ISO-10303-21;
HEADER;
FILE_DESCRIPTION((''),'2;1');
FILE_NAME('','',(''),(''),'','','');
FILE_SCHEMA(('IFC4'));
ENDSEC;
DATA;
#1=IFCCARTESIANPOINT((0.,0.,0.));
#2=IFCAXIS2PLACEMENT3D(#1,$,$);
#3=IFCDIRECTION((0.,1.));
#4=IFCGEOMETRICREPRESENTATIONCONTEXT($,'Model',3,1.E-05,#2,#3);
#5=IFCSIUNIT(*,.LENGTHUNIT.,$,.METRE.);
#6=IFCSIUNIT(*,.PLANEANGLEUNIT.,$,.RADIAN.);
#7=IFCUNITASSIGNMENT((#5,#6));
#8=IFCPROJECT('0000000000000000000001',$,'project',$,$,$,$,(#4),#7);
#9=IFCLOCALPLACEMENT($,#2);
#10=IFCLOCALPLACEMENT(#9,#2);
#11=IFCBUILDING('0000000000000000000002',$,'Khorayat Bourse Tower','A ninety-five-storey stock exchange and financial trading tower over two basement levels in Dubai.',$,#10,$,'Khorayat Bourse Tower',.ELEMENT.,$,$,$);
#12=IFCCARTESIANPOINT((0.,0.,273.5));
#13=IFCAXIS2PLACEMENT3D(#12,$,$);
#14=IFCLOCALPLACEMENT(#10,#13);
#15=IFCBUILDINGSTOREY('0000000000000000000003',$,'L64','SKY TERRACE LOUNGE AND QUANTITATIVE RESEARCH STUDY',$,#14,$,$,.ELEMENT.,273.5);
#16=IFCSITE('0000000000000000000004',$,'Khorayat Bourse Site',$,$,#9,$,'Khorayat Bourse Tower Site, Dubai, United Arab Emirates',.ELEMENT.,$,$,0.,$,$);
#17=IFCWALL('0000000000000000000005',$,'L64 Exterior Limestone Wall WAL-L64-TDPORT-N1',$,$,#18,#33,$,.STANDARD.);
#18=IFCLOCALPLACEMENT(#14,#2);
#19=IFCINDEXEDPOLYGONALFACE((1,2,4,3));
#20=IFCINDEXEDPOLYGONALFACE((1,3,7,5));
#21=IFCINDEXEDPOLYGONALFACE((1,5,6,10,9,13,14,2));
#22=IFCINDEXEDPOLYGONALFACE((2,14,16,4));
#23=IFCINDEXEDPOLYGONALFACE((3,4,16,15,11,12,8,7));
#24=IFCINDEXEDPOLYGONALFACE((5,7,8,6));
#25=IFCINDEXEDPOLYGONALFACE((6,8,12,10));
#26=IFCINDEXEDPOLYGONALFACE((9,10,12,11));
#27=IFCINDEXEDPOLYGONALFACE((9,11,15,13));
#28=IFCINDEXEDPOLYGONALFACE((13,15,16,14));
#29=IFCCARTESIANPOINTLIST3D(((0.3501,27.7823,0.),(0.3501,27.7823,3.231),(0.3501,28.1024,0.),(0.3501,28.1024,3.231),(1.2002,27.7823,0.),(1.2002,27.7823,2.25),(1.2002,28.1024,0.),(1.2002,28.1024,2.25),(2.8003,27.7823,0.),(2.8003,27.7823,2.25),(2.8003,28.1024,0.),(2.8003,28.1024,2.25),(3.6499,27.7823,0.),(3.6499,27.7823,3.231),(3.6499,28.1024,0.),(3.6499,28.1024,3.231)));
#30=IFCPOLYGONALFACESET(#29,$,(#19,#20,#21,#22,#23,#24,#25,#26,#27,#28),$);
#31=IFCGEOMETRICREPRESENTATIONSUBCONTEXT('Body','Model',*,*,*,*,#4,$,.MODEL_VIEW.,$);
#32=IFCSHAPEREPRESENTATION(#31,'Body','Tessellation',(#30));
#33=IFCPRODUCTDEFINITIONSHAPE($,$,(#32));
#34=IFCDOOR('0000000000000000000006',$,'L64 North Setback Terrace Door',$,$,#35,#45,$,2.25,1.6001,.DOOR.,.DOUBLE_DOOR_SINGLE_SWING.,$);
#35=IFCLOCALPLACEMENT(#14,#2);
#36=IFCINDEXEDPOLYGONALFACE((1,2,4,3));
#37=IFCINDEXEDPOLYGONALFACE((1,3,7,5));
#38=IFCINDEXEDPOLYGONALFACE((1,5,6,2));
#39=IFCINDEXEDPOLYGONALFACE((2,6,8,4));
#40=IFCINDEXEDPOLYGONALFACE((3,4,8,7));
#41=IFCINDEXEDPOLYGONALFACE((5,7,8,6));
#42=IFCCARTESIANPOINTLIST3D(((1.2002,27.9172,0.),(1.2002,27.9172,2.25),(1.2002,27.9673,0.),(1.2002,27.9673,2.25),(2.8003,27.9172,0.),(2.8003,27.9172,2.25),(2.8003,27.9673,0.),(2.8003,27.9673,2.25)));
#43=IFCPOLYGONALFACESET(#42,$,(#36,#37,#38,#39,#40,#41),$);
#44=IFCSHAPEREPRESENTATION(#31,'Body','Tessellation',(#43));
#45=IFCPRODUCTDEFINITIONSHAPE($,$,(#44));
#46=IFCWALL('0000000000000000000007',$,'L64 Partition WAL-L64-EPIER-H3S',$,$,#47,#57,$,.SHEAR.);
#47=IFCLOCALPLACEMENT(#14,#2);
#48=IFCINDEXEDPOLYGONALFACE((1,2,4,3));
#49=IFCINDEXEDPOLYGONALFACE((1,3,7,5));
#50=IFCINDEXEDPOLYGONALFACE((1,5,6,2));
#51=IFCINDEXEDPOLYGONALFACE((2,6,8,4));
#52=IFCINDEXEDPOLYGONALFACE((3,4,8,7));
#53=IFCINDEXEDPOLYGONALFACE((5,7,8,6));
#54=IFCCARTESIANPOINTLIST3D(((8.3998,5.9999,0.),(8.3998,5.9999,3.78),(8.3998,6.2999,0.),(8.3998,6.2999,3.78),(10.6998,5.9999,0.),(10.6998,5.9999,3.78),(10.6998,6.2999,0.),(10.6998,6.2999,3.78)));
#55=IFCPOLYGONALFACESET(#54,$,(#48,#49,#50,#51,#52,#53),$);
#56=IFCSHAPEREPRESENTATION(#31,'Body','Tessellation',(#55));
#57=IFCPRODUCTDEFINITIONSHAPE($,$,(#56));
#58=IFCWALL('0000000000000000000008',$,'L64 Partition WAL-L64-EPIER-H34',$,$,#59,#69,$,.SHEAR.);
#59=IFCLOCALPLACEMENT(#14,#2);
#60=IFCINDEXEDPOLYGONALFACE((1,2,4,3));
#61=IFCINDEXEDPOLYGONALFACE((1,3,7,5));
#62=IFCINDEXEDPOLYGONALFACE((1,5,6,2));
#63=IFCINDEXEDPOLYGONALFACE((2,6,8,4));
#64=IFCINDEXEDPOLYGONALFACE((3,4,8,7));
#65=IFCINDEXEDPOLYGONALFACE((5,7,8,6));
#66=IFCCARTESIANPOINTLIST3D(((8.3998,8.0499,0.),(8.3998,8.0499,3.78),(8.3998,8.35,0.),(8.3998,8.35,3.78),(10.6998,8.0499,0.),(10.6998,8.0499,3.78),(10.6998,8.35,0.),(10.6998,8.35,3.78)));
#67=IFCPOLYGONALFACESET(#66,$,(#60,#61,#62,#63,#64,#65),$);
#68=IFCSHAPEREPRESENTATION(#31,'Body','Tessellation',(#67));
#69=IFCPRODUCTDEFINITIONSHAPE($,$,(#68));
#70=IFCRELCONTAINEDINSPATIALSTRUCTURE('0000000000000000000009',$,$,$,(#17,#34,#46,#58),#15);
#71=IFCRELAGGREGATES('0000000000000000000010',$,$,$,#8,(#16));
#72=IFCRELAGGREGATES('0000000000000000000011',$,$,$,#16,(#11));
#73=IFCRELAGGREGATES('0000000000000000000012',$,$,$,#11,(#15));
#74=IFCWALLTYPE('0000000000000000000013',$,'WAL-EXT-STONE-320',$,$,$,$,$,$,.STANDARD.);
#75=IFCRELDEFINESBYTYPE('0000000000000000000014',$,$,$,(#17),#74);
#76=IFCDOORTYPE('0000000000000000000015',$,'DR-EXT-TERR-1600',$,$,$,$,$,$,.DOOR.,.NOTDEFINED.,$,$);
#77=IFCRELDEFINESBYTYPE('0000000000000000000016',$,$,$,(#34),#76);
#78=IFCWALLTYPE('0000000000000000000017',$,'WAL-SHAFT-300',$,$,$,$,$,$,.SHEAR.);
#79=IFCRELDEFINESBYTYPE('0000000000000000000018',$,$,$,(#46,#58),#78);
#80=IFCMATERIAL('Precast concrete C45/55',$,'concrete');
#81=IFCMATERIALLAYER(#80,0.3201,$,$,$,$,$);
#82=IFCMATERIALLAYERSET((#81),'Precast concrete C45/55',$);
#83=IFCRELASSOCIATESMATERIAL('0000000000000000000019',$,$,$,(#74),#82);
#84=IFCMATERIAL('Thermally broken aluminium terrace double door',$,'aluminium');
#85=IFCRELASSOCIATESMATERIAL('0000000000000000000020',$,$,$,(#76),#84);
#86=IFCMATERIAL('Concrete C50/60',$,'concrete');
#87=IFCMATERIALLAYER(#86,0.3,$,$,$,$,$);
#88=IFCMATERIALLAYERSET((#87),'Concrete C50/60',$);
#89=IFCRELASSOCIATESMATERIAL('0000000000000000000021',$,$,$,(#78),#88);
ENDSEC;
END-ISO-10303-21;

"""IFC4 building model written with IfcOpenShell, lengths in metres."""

from ifc_helpers import new_model, si_unit, direction, frame, frame_2d, origin, place, context, subcontext, project, spatial, rectangle, extrude, source, transform, mapped, material, layer, layer_set, type_object, element, fill, save


model = new_model("IFC4")

# Units and contexts
model_context = context("Model", 3, precision=1e-05, world=origin(), true_north=direction((0.0, 1.0)))
body_context = subcontext(model_context, "Body", "Model", "MODEL_VIEW")
ifc_project = project(units=[si_unit("LENGTHUNIT", "METRE"), si_unit("PLANEANGLEUNIT", "RADIAN")], contexts=[model_context])

# Site, building, storey
site_placement = place(None, origin())
site = spatial("IfcSite", under=ifc_project, at=site_placement, Name="Khorayat Bourse Site", LongName="Khorayat Bourse Tower Site, Dubai, United Arab Emirates", CompositionType="ELEMENT", RefElevation=0.0)
building_placement = place(site_placement, origin())
building = spatial("IfcBuilding", under=site, at=building_placement, Name="Khorayat Bourse Tower", Description="A ninety-five-storey stock exchange and financial trading tower over two basement levels in Dubai.", LongName="Khorayat Bourse Tower", CompositionType="ELEMENT")
storey_placement = place(building_placement, frame((0.0, 0.0, 273.5)))
storey = spatial("IfcBuildingStorey", under=building, at=storey_placement, Name="L64", Description="SKY TERRACE LOUNGE AND QUANTITATIVE RESEARCH STUDY", CompositionType="ELEMENT", Elevation=273.5)

# Wall, opening, door
ifc_material_1 = material(Name="Precast concrete C45/55", Category="concrete")
ifc_layer_1 = layer(ifc_material_1, 0.3201)
ifc_layer_set_1 = layer_set([ifc_layer_1], Name="Precast concrete C45/55")
wall_type_1 = type_object("IfcWallType", Name="WAL-EXT-STONE-320", PredefinedType="STANDARD", material=ifc_layer_set_1)
shared_shape_1 = source(origin(), body_context, "Body", "SweptSolid", [
    extrude(rectangle(XDim=3.2998, YDim=0.3201, at=frame_2d((1.6499, 0.0))), origin(), (0.0, 0.0, 1.0), 3.231),
])
wall_1_placement = place(storey_placement, frame((0.3501, 27.9424, 0.0), z_axis=(0.0, 0.0, 1.0), x_axis=(1.0, 0.0, 0.0)))
wall_1 = element("IfcWall", 1, at=wall_1_placement, inside=storey, type_object=wall_type_1, Name="L64 Exterior Limestone Wall WAL-L64-TDPORT-N1", PredefinedType="STANDARD", context=body_context, shape_type="MappedRepresentation", body=[
    mapped(shared_shape_1, transform((0.0, 0.0, 0.0), scale=1.0)),
])
shared_shape_2 = source(origin(), body_context, "Body", "SweptSolid", [
    extrude(rectangle(XDim=1.6001, YDim=2.25, at=frame_2d((0.8, 1.125))), frame((0.0, 0.1699, 0.0), z_axis=(0.0, -1.0, 0.0), x_axis=(1.0, 0.0, 0.0)), (0.0, 0.0, 1.0), 0.3401),
])
opening_1_placement = place(wall_1_placement, frame((0.8501, 0.0, 0.0)))
opening_1 = element("IfcOpeningElement", 2, at=opening_1_placement, cuts=wall_1, PredefinedType="OPENING", context=body_context, shape_type="MappedRepresentation", body=[
    mapped(shared_shape_2, transform((0.0, 0.0, 0.0), scale=1.0)),
])
ifc_material_2 = material(Name="Thermally broken aluminium terrace double door", Category="aluminium")
door_type_1 = type_object("IfcDoorType", Name="DR-EXT-TERR-1600", OperationType="NOTDEFINED", PredefinedType="DOOR", material=ifc_material_2)
shared_shape_3 = source(origin(), body_context, "Body", "SweptSolid", [
    extrude(rectangle(XDim=1.6001, YDim=2.25, at=frame_2d((0.8, 1.125))), frame((0.0, 0.0249, 0.0), z_axis=(0.0, -1.0, 0.0), x_axis=(1.0, 0.0, 0.0)), (0.0, 0.0, 1.0), 0.05),
])
door_1_placement = place(opening_1_placement, origin())
door_1 = element("IfcDoor", 3, at=door_1_placement, inside=storey, type_object=door_type_1, Name="L64 North Setback Terrace Door", OperationType="DOUBLE_DOOR_SINGLE_SWING", OverallHeight=2.25, OverallWidth=1.6001, PredefinedType="DOOR", context=body_context, shape_type="MappedRepresentation", body=[
    mapped(shared_shape_3, transform((0.0, 0.0, 0.0), scale=1.0)),
])
fill(opening_1, door_1)

# Walls
ifc_material_3 = material(Name="Concrete C50/60", Category="concrete")
ifc_layer_2 = layer(ifc_material_3, 0.3)
ifc_layer_set_2 = layer_set([ifc_layer_2], Name="Concrete C50/60")
wall_type_2 = type_object("IfcWallType", Name="WAL-SHAFT-300", PredefinedType="SHEAR", material=ifc_layer_set_2)
shared_shape_4 = source(origin(), body_context, "Body", "SweptSolid", [
    extrude(rectangle(XDim=2.3, YDim=0.3, at=frame_2d((1.1499, 0.0))), origin(), (0.0, 0.0, 1.0), 3.78),
])
for number, where, z_axis, x_axis, name in (
    (4, (8.3999, 6.1499, 0.0), (0.0, 0.0, 1.0), (1.0, 0.0, 0.0), "L64 Partition WAL-L64-EPIER-H3S"),
    (5, (8.3999, 8.2, 0.0), (0.0, 0.0, 1.0), (1.0, 0.0, 0.0), "L64 Partition WAL-L64-EPIER-H34"),
):
    element("IfcWall", number, at=place(storey_placement, frame(where, z_axis=z_axis, x_axis=x_axis)), inside=storey, type_object=wall_type_2, Name=name, PredefinedType="SHEAR", context=body_context, shape_type="MappedRepresentation", body=[
        mapped(shared_shape_4, transform((0.0, 0.0, 0.0), scale=1.0)),
    ])

save(model, "model.ifc")
